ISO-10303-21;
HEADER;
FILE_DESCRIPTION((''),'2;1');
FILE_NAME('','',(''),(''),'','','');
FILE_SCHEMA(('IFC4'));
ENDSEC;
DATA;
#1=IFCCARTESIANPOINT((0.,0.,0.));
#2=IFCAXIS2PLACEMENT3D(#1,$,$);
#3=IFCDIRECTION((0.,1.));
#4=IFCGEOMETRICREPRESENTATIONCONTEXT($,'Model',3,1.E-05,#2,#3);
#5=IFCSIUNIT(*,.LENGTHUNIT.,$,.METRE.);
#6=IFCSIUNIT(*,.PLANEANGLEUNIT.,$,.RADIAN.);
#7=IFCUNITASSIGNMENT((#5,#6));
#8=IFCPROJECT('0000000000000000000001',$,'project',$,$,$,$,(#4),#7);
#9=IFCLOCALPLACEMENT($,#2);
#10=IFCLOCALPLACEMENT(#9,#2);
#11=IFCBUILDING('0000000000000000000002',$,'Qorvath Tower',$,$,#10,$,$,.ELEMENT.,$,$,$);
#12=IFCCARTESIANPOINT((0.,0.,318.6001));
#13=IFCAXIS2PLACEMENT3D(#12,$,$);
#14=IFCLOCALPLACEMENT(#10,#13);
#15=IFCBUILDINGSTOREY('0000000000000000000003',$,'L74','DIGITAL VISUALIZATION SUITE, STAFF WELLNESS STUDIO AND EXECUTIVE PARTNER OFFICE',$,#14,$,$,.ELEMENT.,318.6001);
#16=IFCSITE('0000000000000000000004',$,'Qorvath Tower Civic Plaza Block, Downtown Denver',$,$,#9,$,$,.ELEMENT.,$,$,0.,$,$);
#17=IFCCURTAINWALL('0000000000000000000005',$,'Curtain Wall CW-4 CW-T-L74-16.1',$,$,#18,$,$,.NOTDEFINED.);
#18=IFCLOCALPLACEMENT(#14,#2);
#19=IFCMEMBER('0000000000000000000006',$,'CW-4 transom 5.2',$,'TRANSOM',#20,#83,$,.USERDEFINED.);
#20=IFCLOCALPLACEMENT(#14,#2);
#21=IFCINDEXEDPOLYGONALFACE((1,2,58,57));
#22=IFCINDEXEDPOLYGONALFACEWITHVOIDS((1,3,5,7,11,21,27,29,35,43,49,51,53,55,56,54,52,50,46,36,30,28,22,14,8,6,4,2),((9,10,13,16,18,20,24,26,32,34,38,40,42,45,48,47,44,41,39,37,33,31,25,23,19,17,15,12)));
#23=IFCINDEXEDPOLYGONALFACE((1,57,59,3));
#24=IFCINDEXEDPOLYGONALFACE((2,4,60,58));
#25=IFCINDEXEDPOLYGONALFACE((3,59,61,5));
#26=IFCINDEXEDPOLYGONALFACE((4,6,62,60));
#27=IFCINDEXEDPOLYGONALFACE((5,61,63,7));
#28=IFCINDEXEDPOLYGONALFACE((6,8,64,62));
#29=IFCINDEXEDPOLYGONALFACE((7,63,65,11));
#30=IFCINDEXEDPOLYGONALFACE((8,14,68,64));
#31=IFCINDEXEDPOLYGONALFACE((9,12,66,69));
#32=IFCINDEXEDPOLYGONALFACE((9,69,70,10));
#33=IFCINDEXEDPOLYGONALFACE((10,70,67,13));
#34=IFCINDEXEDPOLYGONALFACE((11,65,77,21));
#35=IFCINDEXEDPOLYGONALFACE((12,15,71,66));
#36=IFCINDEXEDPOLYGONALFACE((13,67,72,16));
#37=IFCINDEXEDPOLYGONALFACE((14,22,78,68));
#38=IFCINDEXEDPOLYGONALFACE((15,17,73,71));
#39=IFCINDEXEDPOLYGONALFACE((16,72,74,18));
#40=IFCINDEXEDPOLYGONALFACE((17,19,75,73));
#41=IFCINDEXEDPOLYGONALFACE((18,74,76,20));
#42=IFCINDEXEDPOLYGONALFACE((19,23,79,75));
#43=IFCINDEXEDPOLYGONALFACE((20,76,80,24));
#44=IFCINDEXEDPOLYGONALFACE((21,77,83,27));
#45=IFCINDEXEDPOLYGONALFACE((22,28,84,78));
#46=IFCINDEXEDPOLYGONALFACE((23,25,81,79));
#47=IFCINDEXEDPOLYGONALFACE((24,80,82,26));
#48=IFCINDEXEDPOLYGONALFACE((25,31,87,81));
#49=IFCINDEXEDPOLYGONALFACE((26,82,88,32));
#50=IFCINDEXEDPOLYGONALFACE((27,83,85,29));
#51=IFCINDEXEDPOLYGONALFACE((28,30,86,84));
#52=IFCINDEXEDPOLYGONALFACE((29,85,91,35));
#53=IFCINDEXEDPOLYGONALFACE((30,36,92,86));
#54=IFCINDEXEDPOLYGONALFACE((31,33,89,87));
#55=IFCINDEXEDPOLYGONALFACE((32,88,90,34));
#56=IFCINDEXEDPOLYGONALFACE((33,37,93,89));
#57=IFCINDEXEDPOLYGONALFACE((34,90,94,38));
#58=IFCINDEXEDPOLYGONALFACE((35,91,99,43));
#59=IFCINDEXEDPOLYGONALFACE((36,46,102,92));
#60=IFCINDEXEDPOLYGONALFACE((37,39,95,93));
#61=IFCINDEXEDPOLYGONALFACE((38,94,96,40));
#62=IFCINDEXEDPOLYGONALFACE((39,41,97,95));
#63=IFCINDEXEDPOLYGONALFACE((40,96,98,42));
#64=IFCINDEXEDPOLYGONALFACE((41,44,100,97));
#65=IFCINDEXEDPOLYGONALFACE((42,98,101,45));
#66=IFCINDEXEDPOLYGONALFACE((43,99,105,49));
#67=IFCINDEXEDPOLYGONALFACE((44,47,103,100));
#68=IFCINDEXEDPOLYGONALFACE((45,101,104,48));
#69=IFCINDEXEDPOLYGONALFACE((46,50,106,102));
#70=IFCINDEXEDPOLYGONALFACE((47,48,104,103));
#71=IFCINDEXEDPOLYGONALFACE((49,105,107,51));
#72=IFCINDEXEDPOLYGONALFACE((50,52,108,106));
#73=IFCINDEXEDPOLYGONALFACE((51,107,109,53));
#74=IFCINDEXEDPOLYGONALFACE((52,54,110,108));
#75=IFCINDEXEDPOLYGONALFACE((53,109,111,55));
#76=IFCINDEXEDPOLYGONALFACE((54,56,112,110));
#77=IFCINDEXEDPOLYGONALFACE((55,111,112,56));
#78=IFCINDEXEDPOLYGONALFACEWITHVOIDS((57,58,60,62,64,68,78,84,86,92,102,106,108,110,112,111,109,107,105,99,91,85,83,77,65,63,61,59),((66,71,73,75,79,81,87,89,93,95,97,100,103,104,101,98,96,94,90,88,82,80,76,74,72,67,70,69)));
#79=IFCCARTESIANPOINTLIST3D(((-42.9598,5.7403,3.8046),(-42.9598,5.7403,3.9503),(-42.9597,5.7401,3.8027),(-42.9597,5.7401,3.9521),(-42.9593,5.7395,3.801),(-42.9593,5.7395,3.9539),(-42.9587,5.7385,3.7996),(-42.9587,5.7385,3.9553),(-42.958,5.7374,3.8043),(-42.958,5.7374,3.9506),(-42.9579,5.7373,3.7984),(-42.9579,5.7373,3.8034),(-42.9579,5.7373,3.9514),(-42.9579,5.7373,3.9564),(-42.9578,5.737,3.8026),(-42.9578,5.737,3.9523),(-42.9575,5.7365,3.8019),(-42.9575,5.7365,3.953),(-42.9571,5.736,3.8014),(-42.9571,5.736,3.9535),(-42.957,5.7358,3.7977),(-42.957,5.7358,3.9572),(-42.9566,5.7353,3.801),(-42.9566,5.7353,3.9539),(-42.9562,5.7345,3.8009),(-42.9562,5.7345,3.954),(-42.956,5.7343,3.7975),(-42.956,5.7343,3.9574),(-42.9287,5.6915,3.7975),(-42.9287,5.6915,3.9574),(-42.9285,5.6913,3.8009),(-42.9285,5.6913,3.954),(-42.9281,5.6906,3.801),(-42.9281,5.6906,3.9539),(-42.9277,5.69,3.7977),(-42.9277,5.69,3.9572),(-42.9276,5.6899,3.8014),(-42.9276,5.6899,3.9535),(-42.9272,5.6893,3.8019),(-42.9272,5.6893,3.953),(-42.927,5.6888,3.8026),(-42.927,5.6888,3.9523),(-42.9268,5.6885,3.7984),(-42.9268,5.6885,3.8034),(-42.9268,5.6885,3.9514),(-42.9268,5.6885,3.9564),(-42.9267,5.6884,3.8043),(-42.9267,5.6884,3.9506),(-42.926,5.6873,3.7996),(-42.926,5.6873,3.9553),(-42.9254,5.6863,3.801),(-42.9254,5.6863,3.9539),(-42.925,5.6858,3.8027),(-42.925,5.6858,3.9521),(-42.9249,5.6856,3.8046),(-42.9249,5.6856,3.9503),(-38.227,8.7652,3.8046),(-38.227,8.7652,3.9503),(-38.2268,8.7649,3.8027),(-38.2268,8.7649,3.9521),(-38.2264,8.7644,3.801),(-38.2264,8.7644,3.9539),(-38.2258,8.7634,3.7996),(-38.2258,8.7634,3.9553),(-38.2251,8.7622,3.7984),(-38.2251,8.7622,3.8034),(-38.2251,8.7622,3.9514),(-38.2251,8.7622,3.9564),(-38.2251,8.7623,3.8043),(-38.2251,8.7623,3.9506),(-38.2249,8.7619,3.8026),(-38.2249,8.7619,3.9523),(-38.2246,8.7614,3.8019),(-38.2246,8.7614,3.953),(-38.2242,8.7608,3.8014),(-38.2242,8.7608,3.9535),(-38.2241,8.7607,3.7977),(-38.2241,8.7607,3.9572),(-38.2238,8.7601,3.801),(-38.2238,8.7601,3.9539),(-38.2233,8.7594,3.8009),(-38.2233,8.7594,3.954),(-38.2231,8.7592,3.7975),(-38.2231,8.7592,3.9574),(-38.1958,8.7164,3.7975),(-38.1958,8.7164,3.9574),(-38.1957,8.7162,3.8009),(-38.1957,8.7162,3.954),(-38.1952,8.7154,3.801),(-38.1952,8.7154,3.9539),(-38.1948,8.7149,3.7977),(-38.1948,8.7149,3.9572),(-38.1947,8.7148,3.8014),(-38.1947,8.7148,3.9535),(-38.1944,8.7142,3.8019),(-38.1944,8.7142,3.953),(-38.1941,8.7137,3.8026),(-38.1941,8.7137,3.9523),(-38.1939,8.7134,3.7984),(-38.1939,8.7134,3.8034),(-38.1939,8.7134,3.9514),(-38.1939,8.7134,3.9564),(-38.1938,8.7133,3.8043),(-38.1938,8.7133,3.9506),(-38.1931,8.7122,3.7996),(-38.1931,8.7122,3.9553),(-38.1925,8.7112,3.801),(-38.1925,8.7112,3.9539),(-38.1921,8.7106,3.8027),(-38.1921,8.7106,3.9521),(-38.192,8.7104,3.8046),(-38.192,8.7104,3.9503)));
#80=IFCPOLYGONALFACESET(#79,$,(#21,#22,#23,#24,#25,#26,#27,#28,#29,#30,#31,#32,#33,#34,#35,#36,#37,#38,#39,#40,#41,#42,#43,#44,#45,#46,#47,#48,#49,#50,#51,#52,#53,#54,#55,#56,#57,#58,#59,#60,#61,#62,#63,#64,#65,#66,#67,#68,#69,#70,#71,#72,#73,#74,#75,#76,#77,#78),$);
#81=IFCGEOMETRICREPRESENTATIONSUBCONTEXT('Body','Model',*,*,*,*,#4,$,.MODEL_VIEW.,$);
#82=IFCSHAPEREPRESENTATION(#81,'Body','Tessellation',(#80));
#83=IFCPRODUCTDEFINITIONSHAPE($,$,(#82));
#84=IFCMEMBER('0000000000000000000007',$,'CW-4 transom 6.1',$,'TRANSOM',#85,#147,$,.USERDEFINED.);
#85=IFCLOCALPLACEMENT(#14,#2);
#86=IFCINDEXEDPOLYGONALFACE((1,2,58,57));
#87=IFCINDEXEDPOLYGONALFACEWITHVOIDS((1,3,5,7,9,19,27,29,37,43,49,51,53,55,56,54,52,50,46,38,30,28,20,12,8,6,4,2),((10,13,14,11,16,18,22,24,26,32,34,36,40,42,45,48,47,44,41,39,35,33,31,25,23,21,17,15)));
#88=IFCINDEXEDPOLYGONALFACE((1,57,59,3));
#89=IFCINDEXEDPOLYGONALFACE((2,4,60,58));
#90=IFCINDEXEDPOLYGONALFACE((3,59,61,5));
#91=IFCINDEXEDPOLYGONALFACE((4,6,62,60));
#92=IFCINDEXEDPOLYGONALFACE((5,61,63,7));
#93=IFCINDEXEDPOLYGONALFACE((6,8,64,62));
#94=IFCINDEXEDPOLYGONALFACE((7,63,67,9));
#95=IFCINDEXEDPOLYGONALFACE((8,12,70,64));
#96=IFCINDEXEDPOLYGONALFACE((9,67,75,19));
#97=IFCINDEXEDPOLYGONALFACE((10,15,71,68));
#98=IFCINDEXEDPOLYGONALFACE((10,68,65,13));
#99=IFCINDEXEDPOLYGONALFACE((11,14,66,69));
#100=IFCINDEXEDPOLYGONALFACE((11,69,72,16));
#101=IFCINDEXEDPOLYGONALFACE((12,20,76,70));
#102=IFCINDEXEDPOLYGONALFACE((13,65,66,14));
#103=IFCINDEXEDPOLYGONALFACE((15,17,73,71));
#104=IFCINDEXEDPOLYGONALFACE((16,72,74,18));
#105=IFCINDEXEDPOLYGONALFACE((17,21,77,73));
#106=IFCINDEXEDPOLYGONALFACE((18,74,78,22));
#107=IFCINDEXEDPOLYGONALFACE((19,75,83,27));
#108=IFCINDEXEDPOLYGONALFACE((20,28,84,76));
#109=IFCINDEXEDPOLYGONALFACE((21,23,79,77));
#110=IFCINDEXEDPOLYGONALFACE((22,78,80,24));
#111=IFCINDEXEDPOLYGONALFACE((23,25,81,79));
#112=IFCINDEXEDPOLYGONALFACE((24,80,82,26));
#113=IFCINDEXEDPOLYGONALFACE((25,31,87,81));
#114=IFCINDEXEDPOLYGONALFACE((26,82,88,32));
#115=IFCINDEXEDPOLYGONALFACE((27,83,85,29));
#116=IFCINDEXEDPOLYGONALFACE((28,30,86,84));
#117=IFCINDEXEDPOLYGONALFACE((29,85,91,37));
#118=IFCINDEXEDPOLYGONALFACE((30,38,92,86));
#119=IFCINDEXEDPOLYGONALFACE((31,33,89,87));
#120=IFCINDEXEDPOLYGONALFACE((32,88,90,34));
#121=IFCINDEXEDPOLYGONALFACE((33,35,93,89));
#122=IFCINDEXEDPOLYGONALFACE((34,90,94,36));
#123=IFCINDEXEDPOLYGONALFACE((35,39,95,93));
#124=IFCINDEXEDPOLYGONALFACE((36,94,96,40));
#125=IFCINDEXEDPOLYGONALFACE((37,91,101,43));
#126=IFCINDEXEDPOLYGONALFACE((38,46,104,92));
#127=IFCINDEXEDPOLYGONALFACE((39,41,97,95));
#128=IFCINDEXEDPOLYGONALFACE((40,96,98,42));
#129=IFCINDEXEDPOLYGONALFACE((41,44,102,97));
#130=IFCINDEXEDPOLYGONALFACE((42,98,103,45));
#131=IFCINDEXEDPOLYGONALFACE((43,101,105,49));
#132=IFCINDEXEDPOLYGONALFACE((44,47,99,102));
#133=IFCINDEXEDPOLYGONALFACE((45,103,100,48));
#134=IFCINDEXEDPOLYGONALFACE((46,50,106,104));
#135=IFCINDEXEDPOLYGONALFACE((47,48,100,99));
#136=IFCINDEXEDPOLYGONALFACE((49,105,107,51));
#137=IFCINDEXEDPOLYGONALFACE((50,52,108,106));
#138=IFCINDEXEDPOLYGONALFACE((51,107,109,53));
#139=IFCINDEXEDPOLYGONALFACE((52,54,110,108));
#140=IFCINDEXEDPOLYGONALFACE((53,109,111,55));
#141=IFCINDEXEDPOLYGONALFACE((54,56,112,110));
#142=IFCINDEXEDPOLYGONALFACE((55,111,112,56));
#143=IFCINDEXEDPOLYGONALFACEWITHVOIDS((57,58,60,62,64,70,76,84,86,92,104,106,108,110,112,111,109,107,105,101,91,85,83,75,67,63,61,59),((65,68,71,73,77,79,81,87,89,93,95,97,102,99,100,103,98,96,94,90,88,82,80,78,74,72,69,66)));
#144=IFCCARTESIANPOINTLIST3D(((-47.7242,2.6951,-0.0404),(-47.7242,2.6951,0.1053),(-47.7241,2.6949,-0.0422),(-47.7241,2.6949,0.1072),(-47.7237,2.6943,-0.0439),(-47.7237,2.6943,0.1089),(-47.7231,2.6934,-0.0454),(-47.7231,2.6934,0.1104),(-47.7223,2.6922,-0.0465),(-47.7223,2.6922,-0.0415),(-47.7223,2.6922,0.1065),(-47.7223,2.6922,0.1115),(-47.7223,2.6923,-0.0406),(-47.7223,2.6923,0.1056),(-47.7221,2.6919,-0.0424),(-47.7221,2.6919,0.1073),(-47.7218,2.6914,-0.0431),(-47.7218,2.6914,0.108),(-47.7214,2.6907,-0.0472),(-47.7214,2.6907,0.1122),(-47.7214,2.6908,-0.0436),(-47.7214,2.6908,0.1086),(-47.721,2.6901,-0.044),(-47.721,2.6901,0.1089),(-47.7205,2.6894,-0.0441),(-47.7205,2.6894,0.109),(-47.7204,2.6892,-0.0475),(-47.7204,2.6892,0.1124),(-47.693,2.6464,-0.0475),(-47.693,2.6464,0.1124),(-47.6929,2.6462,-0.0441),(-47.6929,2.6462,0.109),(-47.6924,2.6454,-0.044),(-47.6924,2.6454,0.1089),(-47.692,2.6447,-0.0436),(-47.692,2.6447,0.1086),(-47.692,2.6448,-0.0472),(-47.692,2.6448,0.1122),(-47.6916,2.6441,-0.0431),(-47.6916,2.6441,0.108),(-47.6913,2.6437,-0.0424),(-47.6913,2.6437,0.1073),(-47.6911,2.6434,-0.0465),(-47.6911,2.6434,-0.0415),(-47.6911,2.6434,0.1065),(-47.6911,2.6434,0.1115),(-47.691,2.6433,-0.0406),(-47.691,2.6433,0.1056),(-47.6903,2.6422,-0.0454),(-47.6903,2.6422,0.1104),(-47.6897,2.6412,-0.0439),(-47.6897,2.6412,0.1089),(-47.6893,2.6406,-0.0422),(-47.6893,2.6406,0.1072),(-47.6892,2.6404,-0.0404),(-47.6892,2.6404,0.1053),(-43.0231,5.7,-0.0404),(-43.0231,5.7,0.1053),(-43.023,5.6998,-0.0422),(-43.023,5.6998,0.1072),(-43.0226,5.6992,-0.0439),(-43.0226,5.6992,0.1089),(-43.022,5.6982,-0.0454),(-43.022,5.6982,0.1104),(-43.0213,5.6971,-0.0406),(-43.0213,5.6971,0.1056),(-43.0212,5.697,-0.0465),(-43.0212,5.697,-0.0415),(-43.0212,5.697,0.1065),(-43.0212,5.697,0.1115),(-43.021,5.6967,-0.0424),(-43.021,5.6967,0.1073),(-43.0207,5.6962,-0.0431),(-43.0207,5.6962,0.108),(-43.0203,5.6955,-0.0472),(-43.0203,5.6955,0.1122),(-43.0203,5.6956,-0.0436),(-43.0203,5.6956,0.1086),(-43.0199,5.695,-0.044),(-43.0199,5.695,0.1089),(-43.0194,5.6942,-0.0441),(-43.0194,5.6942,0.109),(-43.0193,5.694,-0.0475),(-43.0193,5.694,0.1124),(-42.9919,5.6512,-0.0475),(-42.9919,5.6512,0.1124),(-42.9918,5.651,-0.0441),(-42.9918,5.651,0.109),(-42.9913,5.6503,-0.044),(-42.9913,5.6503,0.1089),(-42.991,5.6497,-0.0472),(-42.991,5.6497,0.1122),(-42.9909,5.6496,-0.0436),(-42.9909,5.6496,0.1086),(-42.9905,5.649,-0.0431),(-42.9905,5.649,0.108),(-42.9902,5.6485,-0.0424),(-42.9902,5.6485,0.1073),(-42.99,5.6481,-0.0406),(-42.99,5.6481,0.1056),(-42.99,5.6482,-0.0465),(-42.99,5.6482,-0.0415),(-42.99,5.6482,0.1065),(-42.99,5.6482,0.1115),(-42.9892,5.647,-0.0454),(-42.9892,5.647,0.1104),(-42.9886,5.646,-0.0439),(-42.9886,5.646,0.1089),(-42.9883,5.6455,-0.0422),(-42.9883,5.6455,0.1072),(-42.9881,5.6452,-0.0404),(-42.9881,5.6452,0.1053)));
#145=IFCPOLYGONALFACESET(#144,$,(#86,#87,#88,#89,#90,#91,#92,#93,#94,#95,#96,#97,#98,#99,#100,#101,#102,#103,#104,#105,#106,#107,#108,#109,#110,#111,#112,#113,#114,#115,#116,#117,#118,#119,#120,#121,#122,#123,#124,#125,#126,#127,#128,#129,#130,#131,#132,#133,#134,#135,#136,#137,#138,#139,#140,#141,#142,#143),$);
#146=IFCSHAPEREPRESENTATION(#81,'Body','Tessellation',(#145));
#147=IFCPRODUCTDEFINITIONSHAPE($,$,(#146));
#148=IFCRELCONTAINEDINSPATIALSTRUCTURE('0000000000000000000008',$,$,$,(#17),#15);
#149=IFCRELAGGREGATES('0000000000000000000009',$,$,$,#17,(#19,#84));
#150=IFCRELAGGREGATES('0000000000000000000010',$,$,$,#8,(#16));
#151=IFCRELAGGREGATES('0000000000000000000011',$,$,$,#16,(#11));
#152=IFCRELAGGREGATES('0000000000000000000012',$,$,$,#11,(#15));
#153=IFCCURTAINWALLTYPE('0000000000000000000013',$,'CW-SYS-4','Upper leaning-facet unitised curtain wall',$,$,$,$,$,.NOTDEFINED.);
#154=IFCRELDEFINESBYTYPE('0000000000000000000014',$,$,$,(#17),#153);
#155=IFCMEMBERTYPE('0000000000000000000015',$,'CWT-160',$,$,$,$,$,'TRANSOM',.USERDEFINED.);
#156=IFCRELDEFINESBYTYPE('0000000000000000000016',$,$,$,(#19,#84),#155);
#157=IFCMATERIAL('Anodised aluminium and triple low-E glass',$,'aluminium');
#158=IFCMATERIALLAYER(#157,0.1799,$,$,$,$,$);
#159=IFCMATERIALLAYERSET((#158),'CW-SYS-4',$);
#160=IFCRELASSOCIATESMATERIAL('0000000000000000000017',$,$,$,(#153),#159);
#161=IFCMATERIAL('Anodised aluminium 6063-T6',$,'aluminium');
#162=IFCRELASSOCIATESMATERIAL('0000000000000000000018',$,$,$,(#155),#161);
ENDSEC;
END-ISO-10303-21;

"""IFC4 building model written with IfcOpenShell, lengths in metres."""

from ifc_helpers import new_model, si_unit, direction, frame, origin, origin_2d, place, context, subcontext, project, spatial, hollow_rectangle, extrude, material, layer, layer_set, material_profile, profile_set, type_object, element, aggregate, save


model = new_model("IFC4")

# Units and contexts
model_context = context("Model", 3, precision=1e-05, world=origin(), true_north=direction((0.0, 1.0)))
body_context = subcontext(model_context, "Body", "Model", "MODEL_VIEW")
ifc_project = project(units=[si_unit("LENGTHUNIT", "METRE"), si_unit("PLANEANGLEUNIT", "RADIAN")], contexts=[model_context])

# Site, building, storey
site_placement = place(None, origin())
site = spatial("IfcSite", under=ifc_project, at=site_placement, Name="Qorvath Tower Civic Plaza Block, Downtown Denver", CompositionType="ELEMENT", RefElevation=0.0)
building_placement = place(site_placement, origin())
building = spatial("IfcBuilding", under=site, at=building_placement, Name="Qorvath Tower", CompositionType="ELEMENT")
storey_placement = place(building_placement, frame((0.0, 0.0, 318.6001)))
storey = spatial("IfcBuildingStorey", under=building, at=storey_placement, Name="L74", Description="DIGITAL VISUALIZATION SUITE, STAFF WELLNESS STUDIO AND EXECUTIVE PARTNER OFFICE", CompositionType="ELEMENT", Elevation=318.6001)

# Curtain wall, members
ifc_material_1 = material(Name="Anodised aluminium and triple low-E glass", Category="aluminium")
ifc_layer_1 = layer(ifc_material_1, 0.1799)
ifc_layer_set_1 = layer_set([ifc_layer_1], Name="CW-SYS-4")
curtain_wall_type = type_object("IfcCurtainWallType", Name="CW-SYS-4", Description="Upper leaning-facet unitised curtain wall", PredefinedType="NOTDEFINED", material=ifc_layer_set_1)
curtain_wall_placement = place(storey_placement, origin())
curtain_wall = element("IfcCurtainWall", 1, at=curtain_wall_placement, inside=storey, type_object=curtain_wall_type, Name="Curtain Wall CW-4 CW-T-L74-16.1", PredefinedType="NOTDEFINED")
ifc_material_2 = material(Name="Anodised aluminium 6063-T6", Category="aluminium")
ifc_material_profile_1 = material_profile(ifc_material_2, hollow_rectangle(XDim=0.0649, YDim=0.1599, WallThickness=0.0034, InnerFilletRadius=0.0034, OuterFilletRadius=0.0071, at=origin_2d()), Name="CWT 160x65")
ifc_profile_set_1 = profile_set([ifc_material_profile_1], Name="Anodised aluminium 6063-T6")
member_type_1 = type_object("IfcMemberType", Name="CWT-160", ElementType="TRANSOM", PredefinedType="USERDEFINED", material=ifc_profile_set_1)
member_1_placement = place(storey_placement, frame((-38.2095, 8.7378, 3.8774), z_axis=(-0.842608, -0.538528, 0.0), x_axis=(0.538528, -0.842608, 0.0)))
member_1 = element("IfcMember", 2, at=member_1_placement, type_object=member_type_1, Name="CW-4 transom 5.2", ObjectType="TRANSOM", PredefinedType="USERDEFINED", context=body_context, shape_type="SweptSolid", body=[
    extrude(hollow_rectangle(XDim=0.0649, YDim=0.1599, WallThickness=0.0034, InnerFilletRadius=0.0034, OuterFilletRadius=0.0071, at=origin_2d()), origin(), (0.0, 0.0, 1.0), 5.6169),
])
member_2_placement = place(storey_placement, frame((-43.0056, 5.6726, 0.0325), z_axis=(-0.842586, -0.538562, 0.0), x_axis=(0.538562, -0.842586, 0.0)))
member_2 = element("IfcMember", 3, at=member_2_placement, type_object=member_type_1, Name="CW-4 transom 6.1", ObjectType="TRANSOM", PredefinedType="USERDEFINED", context=body_context, shape_type="SweptSolid", body=[
    extrude(hollow_rectangle(XDim=0.0649, YDim=0.1599, WallThickness=0.0034, InnerFilletRadius=0.0034, OuterFilletRadius=0.0071, at=origin_2d()), origin(), (0.0, 0.0, 1.0), 5.5793),
])
aggregate(curtain_wall, [member_1, member_2])

save(model, "model.ifc")
